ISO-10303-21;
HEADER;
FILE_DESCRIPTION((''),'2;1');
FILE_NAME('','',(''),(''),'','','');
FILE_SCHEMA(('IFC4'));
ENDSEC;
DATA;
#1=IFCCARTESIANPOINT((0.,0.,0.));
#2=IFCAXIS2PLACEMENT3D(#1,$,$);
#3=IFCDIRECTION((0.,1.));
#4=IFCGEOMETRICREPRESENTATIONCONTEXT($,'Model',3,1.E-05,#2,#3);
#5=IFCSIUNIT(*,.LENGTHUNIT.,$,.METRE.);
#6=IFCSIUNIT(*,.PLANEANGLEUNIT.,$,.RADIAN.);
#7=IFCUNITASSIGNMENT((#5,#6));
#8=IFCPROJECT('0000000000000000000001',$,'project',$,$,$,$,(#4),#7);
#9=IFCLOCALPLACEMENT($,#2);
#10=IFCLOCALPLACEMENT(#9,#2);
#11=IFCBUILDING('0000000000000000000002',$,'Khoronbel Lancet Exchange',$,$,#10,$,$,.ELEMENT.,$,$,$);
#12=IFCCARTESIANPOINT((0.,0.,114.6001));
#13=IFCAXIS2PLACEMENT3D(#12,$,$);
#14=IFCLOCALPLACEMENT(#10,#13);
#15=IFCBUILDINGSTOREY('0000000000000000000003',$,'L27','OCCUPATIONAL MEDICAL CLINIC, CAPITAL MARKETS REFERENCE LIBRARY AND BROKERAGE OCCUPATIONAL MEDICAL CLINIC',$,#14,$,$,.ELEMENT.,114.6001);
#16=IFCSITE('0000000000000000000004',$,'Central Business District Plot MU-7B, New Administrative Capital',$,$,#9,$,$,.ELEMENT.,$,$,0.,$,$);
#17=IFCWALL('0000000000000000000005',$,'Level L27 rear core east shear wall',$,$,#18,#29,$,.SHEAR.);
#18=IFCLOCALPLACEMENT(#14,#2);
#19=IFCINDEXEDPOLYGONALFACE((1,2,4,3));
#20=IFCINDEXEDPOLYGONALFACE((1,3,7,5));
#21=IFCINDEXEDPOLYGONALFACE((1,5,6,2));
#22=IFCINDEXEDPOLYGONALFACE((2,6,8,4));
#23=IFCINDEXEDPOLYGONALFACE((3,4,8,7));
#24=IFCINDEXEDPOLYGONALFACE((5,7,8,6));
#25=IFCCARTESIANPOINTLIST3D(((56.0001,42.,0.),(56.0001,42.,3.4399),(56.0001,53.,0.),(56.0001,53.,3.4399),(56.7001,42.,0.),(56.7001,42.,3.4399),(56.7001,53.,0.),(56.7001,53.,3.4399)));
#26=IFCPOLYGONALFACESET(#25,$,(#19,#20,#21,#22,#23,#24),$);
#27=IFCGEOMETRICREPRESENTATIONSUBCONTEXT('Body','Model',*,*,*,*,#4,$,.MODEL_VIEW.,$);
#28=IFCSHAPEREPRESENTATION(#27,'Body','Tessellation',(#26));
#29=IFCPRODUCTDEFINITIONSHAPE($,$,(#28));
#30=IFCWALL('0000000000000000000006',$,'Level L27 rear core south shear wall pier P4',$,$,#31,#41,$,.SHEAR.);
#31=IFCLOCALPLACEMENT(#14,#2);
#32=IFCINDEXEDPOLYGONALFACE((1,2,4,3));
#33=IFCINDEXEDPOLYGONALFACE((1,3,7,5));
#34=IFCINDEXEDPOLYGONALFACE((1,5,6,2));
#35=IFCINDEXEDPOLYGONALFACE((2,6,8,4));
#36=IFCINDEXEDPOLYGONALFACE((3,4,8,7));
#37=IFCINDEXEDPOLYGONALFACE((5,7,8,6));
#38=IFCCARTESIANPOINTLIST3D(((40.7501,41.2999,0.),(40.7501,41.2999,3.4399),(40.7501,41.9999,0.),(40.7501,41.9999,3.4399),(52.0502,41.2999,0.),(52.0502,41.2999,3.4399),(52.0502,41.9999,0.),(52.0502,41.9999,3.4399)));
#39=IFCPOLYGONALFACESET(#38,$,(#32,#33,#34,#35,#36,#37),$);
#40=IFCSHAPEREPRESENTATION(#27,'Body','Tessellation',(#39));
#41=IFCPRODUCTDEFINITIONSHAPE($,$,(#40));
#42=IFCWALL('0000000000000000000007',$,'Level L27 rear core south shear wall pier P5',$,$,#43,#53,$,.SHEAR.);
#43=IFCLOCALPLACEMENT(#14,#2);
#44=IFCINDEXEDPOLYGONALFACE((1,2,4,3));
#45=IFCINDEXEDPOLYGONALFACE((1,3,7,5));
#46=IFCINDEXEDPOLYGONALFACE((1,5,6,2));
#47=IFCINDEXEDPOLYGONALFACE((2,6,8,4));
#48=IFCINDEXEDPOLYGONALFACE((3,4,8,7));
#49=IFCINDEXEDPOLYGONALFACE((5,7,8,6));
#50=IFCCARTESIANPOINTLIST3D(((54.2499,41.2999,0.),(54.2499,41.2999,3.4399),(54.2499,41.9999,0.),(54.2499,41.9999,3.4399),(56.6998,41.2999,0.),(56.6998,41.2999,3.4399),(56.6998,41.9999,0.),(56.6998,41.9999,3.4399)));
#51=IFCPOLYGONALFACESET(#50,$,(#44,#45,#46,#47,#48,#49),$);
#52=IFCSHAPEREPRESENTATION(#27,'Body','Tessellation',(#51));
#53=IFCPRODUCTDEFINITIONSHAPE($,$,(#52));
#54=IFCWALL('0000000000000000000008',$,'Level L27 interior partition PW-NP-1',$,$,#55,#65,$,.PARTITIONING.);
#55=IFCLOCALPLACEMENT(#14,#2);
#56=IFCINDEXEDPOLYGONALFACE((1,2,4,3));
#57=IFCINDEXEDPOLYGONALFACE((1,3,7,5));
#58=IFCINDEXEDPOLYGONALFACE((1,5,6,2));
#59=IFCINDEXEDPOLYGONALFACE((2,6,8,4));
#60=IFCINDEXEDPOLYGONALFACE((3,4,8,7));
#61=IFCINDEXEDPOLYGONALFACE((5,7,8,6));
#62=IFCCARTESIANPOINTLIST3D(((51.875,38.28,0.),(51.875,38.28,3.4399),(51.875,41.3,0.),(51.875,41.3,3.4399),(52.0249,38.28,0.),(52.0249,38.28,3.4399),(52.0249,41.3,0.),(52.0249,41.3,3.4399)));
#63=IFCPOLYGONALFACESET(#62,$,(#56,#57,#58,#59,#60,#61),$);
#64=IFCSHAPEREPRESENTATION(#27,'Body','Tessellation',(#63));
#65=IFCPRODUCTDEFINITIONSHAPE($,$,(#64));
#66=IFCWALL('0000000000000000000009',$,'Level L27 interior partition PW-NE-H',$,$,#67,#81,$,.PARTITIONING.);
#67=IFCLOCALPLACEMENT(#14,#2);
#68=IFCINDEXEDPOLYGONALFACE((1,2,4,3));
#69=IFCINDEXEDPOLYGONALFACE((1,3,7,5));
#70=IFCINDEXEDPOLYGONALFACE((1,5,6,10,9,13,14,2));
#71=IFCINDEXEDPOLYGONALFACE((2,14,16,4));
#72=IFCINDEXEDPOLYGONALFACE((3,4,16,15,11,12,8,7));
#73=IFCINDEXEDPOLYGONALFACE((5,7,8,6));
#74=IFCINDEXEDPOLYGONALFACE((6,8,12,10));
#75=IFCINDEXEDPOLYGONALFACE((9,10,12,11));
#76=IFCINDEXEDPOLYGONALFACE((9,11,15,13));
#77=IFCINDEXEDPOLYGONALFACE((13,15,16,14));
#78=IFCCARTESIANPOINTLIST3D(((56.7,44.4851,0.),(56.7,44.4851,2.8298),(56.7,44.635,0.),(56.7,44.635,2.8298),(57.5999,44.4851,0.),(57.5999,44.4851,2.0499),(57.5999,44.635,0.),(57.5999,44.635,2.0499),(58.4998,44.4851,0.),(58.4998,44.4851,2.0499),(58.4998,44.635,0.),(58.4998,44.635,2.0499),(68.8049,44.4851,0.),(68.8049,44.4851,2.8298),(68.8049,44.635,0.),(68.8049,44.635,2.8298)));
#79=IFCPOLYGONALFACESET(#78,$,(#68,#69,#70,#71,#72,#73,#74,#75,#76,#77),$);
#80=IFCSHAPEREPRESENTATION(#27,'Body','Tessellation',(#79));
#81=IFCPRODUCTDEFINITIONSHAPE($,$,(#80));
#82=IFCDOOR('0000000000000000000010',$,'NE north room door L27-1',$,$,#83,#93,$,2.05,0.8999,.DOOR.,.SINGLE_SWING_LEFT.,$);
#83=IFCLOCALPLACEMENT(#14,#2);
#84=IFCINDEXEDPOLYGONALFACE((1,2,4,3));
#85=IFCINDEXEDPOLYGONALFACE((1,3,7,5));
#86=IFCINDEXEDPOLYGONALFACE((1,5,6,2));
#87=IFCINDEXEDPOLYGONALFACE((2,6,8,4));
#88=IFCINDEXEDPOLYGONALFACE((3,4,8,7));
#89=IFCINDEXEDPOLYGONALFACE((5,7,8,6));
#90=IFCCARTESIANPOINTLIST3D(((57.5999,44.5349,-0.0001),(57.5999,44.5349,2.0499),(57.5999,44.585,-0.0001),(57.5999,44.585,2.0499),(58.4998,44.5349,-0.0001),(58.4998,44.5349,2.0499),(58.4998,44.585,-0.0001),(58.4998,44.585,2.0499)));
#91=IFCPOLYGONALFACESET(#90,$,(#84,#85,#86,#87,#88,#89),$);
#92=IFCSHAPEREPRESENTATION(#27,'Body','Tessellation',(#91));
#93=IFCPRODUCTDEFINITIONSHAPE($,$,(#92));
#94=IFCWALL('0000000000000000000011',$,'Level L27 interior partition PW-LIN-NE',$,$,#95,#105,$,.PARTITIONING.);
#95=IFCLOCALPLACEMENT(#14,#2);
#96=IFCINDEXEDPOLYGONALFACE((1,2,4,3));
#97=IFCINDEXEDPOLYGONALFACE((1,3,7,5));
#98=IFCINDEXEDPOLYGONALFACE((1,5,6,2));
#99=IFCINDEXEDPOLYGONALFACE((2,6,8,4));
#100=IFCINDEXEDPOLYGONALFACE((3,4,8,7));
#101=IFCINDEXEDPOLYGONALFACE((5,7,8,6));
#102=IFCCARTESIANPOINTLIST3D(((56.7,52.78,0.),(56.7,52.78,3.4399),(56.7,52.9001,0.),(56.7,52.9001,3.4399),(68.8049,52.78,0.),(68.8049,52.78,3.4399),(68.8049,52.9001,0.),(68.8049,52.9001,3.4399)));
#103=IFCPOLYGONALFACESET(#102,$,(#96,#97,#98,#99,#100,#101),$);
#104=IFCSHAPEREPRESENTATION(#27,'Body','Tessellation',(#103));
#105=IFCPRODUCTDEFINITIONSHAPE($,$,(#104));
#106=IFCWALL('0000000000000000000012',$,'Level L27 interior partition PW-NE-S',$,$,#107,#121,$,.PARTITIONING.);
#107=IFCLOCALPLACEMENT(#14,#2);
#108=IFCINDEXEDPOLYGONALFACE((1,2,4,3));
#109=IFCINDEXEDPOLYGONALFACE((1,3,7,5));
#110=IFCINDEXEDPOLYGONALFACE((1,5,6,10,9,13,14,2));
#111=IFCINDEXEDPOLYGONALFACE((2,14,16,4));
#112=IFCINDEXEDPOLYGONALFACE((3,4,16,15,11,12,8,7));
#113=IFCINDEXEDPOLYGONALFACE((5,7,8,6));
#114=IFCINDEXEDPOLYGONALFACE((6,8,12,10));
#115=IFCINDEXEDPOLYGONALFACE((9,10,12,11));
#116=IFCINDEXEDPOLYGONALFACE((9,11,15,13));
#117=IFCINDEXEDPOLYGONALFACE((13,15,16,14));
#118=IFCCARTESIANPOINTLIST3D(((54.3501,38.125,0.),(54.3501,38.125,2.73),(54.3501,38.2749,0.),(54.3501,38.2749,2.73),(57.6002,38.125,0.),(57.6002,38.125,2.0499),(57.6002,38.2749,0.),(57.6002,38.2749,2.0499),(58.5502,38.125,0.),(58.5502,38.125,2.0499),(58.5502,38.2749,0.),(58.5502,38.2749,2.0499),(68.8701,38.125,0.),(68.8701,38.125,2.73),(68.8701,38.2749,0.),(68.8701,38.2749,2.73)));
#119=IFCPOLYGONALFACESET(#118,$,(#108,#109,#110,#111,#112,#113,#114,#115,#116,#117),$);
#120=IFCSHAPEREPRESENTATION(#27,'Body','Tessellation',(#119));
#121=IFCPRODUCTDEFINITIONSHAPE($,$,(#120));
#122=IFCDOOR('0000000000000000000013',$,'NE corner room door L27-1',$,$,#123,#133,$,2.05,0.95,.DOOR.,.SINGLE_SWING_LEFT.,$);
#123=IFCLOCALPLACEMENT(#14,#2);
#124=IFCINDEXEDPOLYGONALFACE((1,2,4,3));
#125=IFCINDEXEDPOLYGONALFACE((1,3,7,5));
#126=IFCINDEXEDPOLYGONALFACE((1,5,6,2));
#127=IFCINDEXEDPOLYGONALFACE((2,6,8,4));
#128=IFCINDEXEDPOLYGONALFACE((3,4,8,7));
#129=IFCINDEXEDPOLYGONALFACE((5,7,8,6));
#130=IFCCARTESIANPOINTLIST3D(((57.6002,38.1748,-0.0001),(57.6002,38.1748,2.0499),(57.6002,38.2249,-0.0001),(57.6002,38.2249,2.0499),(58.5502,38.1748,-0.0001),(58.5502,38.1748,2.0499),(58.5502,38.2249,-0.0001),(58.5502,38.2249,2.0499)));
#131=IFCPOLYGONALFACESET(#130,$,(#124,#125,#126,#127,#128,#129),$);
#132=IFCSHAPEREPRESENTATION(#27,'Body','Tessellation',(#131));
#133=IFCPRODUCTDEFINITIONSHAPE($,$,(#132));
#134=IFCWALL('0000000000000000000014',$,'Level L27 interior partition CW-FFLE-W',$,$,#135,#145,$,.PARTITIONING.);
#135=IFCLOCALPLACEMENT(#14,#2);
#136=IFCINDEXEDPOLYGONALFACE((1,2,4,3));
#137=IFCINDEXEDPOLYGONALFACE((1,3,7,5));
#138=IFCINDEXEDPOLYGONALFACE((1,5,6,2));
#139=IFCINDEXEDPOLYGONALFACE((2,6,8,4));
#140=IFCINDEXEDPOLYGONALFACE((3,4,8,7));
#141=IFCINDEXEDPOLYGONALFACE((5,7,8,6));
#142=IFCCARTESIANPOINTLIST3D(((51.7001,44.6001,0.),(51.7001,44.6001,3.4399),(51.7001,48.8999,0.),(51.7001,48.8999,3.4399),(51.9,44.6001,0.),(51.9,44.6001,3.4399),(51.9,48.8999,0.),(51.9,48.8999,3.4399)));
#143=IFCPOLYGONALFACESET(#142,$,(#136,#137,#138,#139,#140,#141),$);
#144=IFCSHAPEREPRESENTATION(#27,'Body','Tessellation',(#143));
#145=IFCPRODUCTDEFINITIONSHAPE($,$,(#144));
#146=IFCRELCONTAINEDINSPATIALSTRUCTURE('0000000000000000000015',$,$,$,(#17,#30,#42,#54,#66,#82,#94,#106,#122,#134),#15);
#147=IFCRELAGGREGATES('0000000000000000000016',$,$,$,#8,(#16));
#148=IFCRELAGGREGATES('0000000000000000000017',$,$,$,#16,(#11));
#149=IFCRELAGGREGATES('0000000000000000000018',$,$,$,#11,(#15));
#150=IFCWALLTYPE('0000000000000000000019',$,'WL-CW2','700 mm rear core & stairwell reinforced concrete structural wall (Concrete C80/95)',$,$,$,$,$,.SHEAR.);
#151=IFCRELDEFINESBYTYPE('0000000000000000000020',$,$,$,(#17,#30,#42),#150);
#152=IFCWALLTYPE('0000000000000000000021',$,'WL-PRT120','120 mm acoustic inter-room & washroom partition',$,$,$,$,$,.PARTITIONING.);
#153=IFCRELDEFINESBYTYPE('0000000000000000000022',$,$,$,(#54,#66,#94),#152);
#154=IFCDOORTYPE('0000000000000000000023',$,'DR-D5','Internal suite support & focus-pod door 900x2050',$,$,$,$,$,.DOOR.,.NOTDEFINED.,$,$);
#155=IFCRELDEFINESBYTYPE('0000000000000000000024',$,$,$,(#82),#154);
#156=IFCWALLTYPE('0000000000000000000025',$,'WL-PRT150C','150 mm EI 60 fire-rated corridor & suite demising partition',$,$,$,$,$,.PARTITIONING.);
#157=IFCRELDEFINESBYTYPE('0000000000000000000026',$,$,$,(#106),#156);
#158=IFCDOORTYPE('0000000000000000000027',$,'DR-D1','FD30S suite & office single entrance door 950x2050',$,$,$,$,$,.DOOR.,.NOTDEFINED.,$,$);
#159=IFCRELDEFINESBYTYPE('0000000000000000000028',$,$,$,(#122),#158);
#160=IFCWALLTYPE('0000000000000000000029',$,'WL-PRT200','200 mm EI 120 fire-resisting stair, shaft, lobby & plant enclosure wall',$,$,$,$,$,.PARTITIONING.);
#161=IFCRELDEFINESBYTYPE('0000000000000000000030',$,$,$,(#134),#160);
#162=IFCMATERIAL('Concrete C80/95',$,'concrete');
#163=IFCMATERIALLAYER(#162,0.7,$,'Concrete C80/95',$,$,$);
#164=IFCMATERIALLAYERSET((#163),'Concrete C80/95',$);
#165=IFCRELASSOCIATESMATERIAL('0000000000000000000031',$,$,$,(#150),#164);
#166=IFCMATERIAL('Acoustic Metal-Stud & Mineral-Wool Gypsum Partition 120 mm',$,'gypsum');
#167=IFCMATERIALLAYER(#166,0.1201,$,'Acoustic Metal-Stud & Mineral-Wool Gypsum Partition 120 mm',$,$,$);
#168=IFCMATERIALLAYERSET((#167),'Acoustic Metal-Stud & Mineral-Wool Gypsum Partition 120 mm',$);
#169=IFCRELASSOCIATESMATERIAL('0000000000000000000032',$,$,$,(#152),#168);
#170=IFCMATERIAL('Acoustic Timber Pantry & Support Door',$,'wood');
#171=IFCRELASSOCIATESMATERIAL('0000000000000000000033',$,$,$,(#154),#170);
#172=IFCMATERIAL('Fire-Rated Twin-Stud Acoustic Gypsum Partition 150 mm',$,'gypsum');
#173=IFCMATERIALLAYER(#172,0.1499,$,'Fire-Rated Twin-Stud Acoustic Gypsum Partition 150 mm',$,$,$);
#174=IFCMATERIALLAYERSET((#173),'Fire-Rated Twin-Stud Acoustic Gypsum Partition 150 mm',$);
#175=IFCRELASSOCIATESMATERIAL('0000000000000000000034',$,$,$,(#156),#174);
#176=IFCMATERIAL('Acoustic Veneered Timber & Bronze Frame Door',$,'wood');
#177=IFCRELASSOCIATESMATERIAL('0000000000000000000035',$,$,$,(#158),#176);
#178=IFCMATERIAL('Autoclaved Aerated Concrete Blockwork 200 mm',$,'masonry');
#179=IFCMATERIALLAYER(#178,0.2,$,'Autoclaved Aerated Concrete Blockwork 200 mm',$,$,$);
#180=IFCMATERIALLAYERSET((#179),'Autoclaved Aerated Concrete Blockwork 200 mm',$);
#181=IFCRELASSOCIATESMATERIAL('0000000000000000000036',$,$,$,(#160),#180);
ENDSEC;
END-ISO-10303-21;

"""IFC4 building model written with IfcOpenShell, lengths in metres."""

from ifc_helpers import new_model, si_unit, direction, frame, frame_2d, origin, place, context, subcontext, project, spatial, rectangle, extrude, material, layer, layer_set, type_object, element, fill, save


model = new_model("IFC4")

# Units and contexts
model_context = context("Model", 3, precision=1e-05, world=origin(), true_north=direction((0.0, 1.0)))
body_context = subcontext(model_context, "Body", "Model", "MODEL_VIEW")
ifc_project = project(units=[si_unit("LENGTHUNIT", "METRE"), si_unit("PLANEANGLEUNIT", "RADIAN")], contexts=[model_context])

# Site, building, storey
site_placement = place(None, origin())
site = spatial("IfcSite", under=ifc_project, at=site_placement, Name="Central Business District Plot MU-7B, New Administrative Capital", CompositionType="ELEMENT", RefElevation=0.0)
building_placement = place(site_placement, origin())
building = spatial("IfcBuilding", under=site, at=building_placement, Name="Khoronbel Lancet Exchange", CompositionType="ELEMENT")
storey_placement = place(building_placement, frame((0.0, 0.0, 114.6001)))
storey = spatial("IfcBuildingStorey", under=building, at=storey_placement, Name="L27", Description="OCCUPATIONAL MEDICAL CLINIC, CAPITAL MARKETS REFERENCE LIBRARY AND BROKERAGE OCCUPATIONAL MEDICAL CLINIC", CompositionType="ELEMENT", Elevation=114.6001)

# Shared definitions
ifc_material_1 = material(Name="Concrete C80/95", Category="concrete")

# Walls
ifc_layer_1 = layer(ifc_material_1, 0.7, Name="Concrete C80/95")
ifc_layer_set_1 = layer_set([ifc_layer_1], Name="Concrete C80/95")
wall_type_1 = type_object("IfcWallType", Name="WL-CW2", Description="700 mm rear core & stairwell reinforced concrete structural wall (Concrete C80/95)", PredefinedType="SHEAR", material=ifc_layer_set_1)
wall_1_placement = place(storey_placement, frame((56.3501, 53.0, 0.0), z_axis=(0.0, 0.0, 1.0), x_axis=(0.0, -1.0, 0.0)))
element("IfcWall", 1, at=wall_1_placement, inside=storey, type_object=wall_type_1, Name="Level L27 rear core east shear wall", PredefinedType="SHEAR", context=body_context, shape_type="SweptSolid", body=[
    extrude(rectangle(XDim=11.0, YDim=0.7, at=frame_2d((5.5, 0.0))), origin(), (0.0, 0.0, 1.0), 3.4399),
])
wall_2_placement = place(storey_placement, frame((52.05, 41.6499, 0.0), z_axis=(0.0, 0.0, 1.0), x_axis=(-1.0, 0.0, 0.0)))
element("IfcWall", 2, at=wall_2_placement, inside=storey, type_object=wall_type_1, Name="Level L27 rear core south shear wall pier P4", PredefinedType="SHEAR", context=body_context, shape_type="SweptSolid", body=[
    extrude(rectangle(XDim=11.3, YDim=0.7, at=frame_2d((5.6499, 0.0))), origin(), (0.0, 0.0, 1.0), 3.4399),
])
wall_3_placement = place(storey_placement, frame((56.7, 41.6499, 0.0), z_axis=(0.0, 0.0, 1.0), x_axis=(-1.0, 0.0, 0.0)))
element("IfcWall", 3, at=wall_3_placement, inside=storey, type_object=wall_type_1, Name="Level L27 rear core south shear wall pier P5", PredefinedType="SHEAR", context=body_context, shape_type="SweptSolid", body=[
    extrude(rectangle(XDim=2.45, YDim=0.7, at=frame_2d((1.2251, 0.0))), origin(), (0.0, 0.0, 1.0), 3.4399),
])
ifc_material_2 = material(Name="Acoustic Metal-Stud & Mineral-Wool Gypsum Partition 120 mm", Category="gypsum")
ifc_layer_2 = layer(ifc_material_2, 0.1201, Name="Acoustic Metal-Stud & Mineral-Wool Gypsum Partition 120 mm")
ifc_layer_set_2 = layer_set([ifc_layer_2], Name="Acoustic Metal-Stud & Mineral-Wool Gypsum Partition 120 mm")
wall_type_2 = type_object("IfcWallType", Name="WL-PRT120", Description="120 mm acoustic inter-room & washroom partition", PredefinedType="PARTITIONING", material=ifc_layer_set_2)
wall_4_placement = place(storey_placement, frame((51.95, 38.28, 0.0), z_axis=(0.0, 0.0, 1.0), x_axis=(0.0, 1.0, 0.0)))
element("IfcWall", 4, at=wall_4_placement, inside=storey, type_object=wall_type_2, Name="Level L27 interior partition PW-NP-1", PredefinedType="PARTITIONING", context=body_context, shape_type="SweptSolid", body=[
    extrude(rectangle(XDim=3.02, YDim=0.1499, at=frame_2d((1.51, 0.0))), origin(), (0.0, 0.0, 1.0), 3.4399),
])

# Wall, opening, door
wall_5_placement = place(storey_placement, frame((56.7, 44.5601, 0.0), z_axis=(0.0, 0.0, 1.0), x_axis=(1.0, 0.0, 0.0)))
wall_5 = element("IfcWall", 5, at=wall_5_placement, inside=storey, type_object=wall_type_2, Name="Level L27 interior partition PW-NE-H", PredefinedType="PARTITIONING", context=body_context, shape_type="SweptSolid", body=[
    extrude(rectangle(XDim=12.105, YDim=0.1499, at=frame_2d((6.0525, 0.0))), origin(), (0.0, 0.0, 1.0), 2.8298),
])
opening_1_placement = place(wall_5_placement, frame((0.8999, 0.0, 0.0)))
opening_1 = element("IfcOpeningElement", 6, at=opening_1_placement, cuts=wall_5, PredefinedType="OPENING", context=body_context, shape_type="SweptSolid", body=[
    extrude(rectangle(XDim=0.8999, YDim=2.05, at=frame_2d((0.45, 1.0249))), frame((0.0, 0.085, 0.0), z_axis=(0.0, -1.0, 0.0), x_axis=(1.0, 0.0, 0.0)), (0.0, 0.0, 1.0), 0.1699),
])
ifc_material_3 = material(Name="Acoustic Timber Pantry & Support Door", Category="wood")
door_type_1 = type_object("IfcDoorType", Name="DR-D5", Description="Internal suite support & focus-pod door 900x2050", OperationType="NOTDEFINED", PredefinedType="DOOR", material=ifc_material_3)
door_1_placement = place(opening_1_placement, origin())
door_1 = element("IfcDoor", 7, at=door_1_placement, inside=storey, type_object=door_type_1, Name="NE north room door L27-1", OperationType="SINGLE_SWING_LEFT", OverallHeight=2.05, OverallWidth=0.8999, PredefinedType="DOOR", context=body_context, shape_type="SweptSolid", body=[
    extrude(rectangle(XDim=0.8999, YDim=2.05, at=frame_2d((0.45, 1.0249))), frame((0.0, 0.0249, 0.0), z_axis=(0.0, -1.0, 0.0), x_axis=(1.0, 0.0, 0.0)), (0.0, 0.0, 1.0), 0.05),
])
fill(opening_1, door_1)

# Wall
wall_6_placement = place(storey_placement, frame((56.7, 52.8401, 0.0), z_axis=(0.0, 0.0, 1.0), x_axis=(1.0, 0.0, 0.0)))
element("IfcWall", 8, at=wall_6_placement, inside=storey, type_object=wall_type_2, Name="Level L27 interior partition PW-LIN-NE", PredefinedType="PARTITIONING", context=body_context, shape_type="SweptSolid", body=[
    extrude(rectangle(XDim=12.105, YDim=0.1201, at=frame_2d((6.0525, 0.0))), origin(), (0.0, 0.0, 1.0), 3.4399),
])

# Wall, opening, door
ifc_material_4 = material(Name="Fire-Rated Twin-Stud Acoustic Gypsum Partition 150 mm", Category="gypsum")
ifc_layer_3 = layer(ifc_material_4, 0.1499, Name="Fire-Rated Twin-Stud Acoustic Gypsum Partition 150 mm")
ifc_layer_set_3 = layer_set([ifc_layer_3], Name="Fire-Rated Twin-Stud Acoustic Gypsum Partition 150 mm")
wall_type_3 = type_object("IfcWallType", Name="WL-PRT150C", Description="150 mm EI 60 fire-rated corridor & suite demising partition", PredefinedType="PARTITIONING", material=ifc_layer_set_3)
wall_7_placement = place(storey_placement, frame((54.3501, 38.2, 0.0), z_axis=(0.0, 0.0, 1.0), x_axis=(1.0, 0.0, 0.0)))
wall_7 = element("IfcWall", 9, at=wall_7_placement, inside=storey, type_object=wall_type_3, Name="Level L27 interior partition PW-NE-S", PredefinedType="PARTITIONING", context=body_context, shape_type="SweptSolid", body=[
    extrude(rectangle(XDim=14.52, YDim=0.1499, at=frame_2d((7.26, 0.0))), origin(), (0.0, 0.0, 1.0), 2.73),
])
opening_2_placement = place(wall_7_placement, frame((3.25, 0.0, 0.0)))
opening_2 = element("IfcOpeningElement", 10, at=opening_2_placement, cuts=wall_7, PredefinedType="OPENING", context=body_context, shape_type="SweptSolid", body=[
    extrude(rectangle(XDim=0.95, YDim=2.05, at=frame_2d((0.4751, 1.0249))), frame((0.0, 0.085, 0.0), z_axis=(0.0, -1.0, 0.0), x_axis=(1.0, 0.0, 0.0)), (0.0, 0.0, 1.0), 0.1699),
])
ifc_material_5 = material(Name="Acoustic Veneered Timber & Bronze Frame Door", Category="wood")
door_type_2 = type_object("IfcDoorType", Name="DR-D1", Description="FD30S suite & office single entrance door 950x2050", OperationType="NOTDEFINED", PredefinedType="DOOR", material=ifc_material_5)
door_2_placement = place(opening_2_placement, origin())
door_2 = element("IfcDoor", 11, at=door_2_placement, inside=storey, type_object=door_type_2, Name="NE corner room door L27-1", OperationType="SINGLE_SWING_LEFT", OverallHeight=2.05, OverallWidth=0.95, PredefinedType="DOOR", context=body_context, shape_type="SweptSolid", body=[
    extrude(rectangle(XDim=0.95, YDim=2.05, at=frame_2d((0.4751, 1.0249))), frame((0.0, 0.0249, 0.0), z_axis=(0.0, -1.0, 0.0), x_axis=(1.0, 0.0, 0.0)), (0.0, 0.0, 1.0), 0.05),
])
fill(opening_2, door_2)

# Wall
ifc_material_6 = material(Name="Autoclaved Aerated Concrete Blockwork 200 mm", Category="masonry")
ifc_layer_4 = layer(ifc_material_6, 0.2, Name="Autoclaved Aerated Concrete Blockwork 200 mm")
ifc_layer_set_4 = layer_set([ifc_layer_4], Name="Autoclaved Aerated Concrete Blockwork 200 mm")
wall_type_4 = type_object("IfcWallType", Name="WL-PRT200", Description="200 mm EI 120 fire-resisting stair, shaft, lobby & plant enclosure wall", PredefinedType="PARTITIONING", material=ifc_layer_set_4)
wall_8_placement = place(storey_placement, frame((51.8, 44.6001, 0.0), z_axis=(0.0, 0.0, 1.0), x_axis=(0.0, 1.0, 0.0)))
element("IfcWall", 12, at=wall_8_placement, inside=storey, type_object=wall_type_4, Name="Level L27 interior partition CW-FFLE-W", PredefinedType="PARTITIONING", context=body_context, shape_type="SweptSolid", body=[
    extrude(rectangle(XDim=4.2998, YDim=0.2, at=frame_2d((2.1499, 0.0))), origin(), (0.0, 0.0, 1.0), 3.4399),
])

save(model, "model.ifc")
